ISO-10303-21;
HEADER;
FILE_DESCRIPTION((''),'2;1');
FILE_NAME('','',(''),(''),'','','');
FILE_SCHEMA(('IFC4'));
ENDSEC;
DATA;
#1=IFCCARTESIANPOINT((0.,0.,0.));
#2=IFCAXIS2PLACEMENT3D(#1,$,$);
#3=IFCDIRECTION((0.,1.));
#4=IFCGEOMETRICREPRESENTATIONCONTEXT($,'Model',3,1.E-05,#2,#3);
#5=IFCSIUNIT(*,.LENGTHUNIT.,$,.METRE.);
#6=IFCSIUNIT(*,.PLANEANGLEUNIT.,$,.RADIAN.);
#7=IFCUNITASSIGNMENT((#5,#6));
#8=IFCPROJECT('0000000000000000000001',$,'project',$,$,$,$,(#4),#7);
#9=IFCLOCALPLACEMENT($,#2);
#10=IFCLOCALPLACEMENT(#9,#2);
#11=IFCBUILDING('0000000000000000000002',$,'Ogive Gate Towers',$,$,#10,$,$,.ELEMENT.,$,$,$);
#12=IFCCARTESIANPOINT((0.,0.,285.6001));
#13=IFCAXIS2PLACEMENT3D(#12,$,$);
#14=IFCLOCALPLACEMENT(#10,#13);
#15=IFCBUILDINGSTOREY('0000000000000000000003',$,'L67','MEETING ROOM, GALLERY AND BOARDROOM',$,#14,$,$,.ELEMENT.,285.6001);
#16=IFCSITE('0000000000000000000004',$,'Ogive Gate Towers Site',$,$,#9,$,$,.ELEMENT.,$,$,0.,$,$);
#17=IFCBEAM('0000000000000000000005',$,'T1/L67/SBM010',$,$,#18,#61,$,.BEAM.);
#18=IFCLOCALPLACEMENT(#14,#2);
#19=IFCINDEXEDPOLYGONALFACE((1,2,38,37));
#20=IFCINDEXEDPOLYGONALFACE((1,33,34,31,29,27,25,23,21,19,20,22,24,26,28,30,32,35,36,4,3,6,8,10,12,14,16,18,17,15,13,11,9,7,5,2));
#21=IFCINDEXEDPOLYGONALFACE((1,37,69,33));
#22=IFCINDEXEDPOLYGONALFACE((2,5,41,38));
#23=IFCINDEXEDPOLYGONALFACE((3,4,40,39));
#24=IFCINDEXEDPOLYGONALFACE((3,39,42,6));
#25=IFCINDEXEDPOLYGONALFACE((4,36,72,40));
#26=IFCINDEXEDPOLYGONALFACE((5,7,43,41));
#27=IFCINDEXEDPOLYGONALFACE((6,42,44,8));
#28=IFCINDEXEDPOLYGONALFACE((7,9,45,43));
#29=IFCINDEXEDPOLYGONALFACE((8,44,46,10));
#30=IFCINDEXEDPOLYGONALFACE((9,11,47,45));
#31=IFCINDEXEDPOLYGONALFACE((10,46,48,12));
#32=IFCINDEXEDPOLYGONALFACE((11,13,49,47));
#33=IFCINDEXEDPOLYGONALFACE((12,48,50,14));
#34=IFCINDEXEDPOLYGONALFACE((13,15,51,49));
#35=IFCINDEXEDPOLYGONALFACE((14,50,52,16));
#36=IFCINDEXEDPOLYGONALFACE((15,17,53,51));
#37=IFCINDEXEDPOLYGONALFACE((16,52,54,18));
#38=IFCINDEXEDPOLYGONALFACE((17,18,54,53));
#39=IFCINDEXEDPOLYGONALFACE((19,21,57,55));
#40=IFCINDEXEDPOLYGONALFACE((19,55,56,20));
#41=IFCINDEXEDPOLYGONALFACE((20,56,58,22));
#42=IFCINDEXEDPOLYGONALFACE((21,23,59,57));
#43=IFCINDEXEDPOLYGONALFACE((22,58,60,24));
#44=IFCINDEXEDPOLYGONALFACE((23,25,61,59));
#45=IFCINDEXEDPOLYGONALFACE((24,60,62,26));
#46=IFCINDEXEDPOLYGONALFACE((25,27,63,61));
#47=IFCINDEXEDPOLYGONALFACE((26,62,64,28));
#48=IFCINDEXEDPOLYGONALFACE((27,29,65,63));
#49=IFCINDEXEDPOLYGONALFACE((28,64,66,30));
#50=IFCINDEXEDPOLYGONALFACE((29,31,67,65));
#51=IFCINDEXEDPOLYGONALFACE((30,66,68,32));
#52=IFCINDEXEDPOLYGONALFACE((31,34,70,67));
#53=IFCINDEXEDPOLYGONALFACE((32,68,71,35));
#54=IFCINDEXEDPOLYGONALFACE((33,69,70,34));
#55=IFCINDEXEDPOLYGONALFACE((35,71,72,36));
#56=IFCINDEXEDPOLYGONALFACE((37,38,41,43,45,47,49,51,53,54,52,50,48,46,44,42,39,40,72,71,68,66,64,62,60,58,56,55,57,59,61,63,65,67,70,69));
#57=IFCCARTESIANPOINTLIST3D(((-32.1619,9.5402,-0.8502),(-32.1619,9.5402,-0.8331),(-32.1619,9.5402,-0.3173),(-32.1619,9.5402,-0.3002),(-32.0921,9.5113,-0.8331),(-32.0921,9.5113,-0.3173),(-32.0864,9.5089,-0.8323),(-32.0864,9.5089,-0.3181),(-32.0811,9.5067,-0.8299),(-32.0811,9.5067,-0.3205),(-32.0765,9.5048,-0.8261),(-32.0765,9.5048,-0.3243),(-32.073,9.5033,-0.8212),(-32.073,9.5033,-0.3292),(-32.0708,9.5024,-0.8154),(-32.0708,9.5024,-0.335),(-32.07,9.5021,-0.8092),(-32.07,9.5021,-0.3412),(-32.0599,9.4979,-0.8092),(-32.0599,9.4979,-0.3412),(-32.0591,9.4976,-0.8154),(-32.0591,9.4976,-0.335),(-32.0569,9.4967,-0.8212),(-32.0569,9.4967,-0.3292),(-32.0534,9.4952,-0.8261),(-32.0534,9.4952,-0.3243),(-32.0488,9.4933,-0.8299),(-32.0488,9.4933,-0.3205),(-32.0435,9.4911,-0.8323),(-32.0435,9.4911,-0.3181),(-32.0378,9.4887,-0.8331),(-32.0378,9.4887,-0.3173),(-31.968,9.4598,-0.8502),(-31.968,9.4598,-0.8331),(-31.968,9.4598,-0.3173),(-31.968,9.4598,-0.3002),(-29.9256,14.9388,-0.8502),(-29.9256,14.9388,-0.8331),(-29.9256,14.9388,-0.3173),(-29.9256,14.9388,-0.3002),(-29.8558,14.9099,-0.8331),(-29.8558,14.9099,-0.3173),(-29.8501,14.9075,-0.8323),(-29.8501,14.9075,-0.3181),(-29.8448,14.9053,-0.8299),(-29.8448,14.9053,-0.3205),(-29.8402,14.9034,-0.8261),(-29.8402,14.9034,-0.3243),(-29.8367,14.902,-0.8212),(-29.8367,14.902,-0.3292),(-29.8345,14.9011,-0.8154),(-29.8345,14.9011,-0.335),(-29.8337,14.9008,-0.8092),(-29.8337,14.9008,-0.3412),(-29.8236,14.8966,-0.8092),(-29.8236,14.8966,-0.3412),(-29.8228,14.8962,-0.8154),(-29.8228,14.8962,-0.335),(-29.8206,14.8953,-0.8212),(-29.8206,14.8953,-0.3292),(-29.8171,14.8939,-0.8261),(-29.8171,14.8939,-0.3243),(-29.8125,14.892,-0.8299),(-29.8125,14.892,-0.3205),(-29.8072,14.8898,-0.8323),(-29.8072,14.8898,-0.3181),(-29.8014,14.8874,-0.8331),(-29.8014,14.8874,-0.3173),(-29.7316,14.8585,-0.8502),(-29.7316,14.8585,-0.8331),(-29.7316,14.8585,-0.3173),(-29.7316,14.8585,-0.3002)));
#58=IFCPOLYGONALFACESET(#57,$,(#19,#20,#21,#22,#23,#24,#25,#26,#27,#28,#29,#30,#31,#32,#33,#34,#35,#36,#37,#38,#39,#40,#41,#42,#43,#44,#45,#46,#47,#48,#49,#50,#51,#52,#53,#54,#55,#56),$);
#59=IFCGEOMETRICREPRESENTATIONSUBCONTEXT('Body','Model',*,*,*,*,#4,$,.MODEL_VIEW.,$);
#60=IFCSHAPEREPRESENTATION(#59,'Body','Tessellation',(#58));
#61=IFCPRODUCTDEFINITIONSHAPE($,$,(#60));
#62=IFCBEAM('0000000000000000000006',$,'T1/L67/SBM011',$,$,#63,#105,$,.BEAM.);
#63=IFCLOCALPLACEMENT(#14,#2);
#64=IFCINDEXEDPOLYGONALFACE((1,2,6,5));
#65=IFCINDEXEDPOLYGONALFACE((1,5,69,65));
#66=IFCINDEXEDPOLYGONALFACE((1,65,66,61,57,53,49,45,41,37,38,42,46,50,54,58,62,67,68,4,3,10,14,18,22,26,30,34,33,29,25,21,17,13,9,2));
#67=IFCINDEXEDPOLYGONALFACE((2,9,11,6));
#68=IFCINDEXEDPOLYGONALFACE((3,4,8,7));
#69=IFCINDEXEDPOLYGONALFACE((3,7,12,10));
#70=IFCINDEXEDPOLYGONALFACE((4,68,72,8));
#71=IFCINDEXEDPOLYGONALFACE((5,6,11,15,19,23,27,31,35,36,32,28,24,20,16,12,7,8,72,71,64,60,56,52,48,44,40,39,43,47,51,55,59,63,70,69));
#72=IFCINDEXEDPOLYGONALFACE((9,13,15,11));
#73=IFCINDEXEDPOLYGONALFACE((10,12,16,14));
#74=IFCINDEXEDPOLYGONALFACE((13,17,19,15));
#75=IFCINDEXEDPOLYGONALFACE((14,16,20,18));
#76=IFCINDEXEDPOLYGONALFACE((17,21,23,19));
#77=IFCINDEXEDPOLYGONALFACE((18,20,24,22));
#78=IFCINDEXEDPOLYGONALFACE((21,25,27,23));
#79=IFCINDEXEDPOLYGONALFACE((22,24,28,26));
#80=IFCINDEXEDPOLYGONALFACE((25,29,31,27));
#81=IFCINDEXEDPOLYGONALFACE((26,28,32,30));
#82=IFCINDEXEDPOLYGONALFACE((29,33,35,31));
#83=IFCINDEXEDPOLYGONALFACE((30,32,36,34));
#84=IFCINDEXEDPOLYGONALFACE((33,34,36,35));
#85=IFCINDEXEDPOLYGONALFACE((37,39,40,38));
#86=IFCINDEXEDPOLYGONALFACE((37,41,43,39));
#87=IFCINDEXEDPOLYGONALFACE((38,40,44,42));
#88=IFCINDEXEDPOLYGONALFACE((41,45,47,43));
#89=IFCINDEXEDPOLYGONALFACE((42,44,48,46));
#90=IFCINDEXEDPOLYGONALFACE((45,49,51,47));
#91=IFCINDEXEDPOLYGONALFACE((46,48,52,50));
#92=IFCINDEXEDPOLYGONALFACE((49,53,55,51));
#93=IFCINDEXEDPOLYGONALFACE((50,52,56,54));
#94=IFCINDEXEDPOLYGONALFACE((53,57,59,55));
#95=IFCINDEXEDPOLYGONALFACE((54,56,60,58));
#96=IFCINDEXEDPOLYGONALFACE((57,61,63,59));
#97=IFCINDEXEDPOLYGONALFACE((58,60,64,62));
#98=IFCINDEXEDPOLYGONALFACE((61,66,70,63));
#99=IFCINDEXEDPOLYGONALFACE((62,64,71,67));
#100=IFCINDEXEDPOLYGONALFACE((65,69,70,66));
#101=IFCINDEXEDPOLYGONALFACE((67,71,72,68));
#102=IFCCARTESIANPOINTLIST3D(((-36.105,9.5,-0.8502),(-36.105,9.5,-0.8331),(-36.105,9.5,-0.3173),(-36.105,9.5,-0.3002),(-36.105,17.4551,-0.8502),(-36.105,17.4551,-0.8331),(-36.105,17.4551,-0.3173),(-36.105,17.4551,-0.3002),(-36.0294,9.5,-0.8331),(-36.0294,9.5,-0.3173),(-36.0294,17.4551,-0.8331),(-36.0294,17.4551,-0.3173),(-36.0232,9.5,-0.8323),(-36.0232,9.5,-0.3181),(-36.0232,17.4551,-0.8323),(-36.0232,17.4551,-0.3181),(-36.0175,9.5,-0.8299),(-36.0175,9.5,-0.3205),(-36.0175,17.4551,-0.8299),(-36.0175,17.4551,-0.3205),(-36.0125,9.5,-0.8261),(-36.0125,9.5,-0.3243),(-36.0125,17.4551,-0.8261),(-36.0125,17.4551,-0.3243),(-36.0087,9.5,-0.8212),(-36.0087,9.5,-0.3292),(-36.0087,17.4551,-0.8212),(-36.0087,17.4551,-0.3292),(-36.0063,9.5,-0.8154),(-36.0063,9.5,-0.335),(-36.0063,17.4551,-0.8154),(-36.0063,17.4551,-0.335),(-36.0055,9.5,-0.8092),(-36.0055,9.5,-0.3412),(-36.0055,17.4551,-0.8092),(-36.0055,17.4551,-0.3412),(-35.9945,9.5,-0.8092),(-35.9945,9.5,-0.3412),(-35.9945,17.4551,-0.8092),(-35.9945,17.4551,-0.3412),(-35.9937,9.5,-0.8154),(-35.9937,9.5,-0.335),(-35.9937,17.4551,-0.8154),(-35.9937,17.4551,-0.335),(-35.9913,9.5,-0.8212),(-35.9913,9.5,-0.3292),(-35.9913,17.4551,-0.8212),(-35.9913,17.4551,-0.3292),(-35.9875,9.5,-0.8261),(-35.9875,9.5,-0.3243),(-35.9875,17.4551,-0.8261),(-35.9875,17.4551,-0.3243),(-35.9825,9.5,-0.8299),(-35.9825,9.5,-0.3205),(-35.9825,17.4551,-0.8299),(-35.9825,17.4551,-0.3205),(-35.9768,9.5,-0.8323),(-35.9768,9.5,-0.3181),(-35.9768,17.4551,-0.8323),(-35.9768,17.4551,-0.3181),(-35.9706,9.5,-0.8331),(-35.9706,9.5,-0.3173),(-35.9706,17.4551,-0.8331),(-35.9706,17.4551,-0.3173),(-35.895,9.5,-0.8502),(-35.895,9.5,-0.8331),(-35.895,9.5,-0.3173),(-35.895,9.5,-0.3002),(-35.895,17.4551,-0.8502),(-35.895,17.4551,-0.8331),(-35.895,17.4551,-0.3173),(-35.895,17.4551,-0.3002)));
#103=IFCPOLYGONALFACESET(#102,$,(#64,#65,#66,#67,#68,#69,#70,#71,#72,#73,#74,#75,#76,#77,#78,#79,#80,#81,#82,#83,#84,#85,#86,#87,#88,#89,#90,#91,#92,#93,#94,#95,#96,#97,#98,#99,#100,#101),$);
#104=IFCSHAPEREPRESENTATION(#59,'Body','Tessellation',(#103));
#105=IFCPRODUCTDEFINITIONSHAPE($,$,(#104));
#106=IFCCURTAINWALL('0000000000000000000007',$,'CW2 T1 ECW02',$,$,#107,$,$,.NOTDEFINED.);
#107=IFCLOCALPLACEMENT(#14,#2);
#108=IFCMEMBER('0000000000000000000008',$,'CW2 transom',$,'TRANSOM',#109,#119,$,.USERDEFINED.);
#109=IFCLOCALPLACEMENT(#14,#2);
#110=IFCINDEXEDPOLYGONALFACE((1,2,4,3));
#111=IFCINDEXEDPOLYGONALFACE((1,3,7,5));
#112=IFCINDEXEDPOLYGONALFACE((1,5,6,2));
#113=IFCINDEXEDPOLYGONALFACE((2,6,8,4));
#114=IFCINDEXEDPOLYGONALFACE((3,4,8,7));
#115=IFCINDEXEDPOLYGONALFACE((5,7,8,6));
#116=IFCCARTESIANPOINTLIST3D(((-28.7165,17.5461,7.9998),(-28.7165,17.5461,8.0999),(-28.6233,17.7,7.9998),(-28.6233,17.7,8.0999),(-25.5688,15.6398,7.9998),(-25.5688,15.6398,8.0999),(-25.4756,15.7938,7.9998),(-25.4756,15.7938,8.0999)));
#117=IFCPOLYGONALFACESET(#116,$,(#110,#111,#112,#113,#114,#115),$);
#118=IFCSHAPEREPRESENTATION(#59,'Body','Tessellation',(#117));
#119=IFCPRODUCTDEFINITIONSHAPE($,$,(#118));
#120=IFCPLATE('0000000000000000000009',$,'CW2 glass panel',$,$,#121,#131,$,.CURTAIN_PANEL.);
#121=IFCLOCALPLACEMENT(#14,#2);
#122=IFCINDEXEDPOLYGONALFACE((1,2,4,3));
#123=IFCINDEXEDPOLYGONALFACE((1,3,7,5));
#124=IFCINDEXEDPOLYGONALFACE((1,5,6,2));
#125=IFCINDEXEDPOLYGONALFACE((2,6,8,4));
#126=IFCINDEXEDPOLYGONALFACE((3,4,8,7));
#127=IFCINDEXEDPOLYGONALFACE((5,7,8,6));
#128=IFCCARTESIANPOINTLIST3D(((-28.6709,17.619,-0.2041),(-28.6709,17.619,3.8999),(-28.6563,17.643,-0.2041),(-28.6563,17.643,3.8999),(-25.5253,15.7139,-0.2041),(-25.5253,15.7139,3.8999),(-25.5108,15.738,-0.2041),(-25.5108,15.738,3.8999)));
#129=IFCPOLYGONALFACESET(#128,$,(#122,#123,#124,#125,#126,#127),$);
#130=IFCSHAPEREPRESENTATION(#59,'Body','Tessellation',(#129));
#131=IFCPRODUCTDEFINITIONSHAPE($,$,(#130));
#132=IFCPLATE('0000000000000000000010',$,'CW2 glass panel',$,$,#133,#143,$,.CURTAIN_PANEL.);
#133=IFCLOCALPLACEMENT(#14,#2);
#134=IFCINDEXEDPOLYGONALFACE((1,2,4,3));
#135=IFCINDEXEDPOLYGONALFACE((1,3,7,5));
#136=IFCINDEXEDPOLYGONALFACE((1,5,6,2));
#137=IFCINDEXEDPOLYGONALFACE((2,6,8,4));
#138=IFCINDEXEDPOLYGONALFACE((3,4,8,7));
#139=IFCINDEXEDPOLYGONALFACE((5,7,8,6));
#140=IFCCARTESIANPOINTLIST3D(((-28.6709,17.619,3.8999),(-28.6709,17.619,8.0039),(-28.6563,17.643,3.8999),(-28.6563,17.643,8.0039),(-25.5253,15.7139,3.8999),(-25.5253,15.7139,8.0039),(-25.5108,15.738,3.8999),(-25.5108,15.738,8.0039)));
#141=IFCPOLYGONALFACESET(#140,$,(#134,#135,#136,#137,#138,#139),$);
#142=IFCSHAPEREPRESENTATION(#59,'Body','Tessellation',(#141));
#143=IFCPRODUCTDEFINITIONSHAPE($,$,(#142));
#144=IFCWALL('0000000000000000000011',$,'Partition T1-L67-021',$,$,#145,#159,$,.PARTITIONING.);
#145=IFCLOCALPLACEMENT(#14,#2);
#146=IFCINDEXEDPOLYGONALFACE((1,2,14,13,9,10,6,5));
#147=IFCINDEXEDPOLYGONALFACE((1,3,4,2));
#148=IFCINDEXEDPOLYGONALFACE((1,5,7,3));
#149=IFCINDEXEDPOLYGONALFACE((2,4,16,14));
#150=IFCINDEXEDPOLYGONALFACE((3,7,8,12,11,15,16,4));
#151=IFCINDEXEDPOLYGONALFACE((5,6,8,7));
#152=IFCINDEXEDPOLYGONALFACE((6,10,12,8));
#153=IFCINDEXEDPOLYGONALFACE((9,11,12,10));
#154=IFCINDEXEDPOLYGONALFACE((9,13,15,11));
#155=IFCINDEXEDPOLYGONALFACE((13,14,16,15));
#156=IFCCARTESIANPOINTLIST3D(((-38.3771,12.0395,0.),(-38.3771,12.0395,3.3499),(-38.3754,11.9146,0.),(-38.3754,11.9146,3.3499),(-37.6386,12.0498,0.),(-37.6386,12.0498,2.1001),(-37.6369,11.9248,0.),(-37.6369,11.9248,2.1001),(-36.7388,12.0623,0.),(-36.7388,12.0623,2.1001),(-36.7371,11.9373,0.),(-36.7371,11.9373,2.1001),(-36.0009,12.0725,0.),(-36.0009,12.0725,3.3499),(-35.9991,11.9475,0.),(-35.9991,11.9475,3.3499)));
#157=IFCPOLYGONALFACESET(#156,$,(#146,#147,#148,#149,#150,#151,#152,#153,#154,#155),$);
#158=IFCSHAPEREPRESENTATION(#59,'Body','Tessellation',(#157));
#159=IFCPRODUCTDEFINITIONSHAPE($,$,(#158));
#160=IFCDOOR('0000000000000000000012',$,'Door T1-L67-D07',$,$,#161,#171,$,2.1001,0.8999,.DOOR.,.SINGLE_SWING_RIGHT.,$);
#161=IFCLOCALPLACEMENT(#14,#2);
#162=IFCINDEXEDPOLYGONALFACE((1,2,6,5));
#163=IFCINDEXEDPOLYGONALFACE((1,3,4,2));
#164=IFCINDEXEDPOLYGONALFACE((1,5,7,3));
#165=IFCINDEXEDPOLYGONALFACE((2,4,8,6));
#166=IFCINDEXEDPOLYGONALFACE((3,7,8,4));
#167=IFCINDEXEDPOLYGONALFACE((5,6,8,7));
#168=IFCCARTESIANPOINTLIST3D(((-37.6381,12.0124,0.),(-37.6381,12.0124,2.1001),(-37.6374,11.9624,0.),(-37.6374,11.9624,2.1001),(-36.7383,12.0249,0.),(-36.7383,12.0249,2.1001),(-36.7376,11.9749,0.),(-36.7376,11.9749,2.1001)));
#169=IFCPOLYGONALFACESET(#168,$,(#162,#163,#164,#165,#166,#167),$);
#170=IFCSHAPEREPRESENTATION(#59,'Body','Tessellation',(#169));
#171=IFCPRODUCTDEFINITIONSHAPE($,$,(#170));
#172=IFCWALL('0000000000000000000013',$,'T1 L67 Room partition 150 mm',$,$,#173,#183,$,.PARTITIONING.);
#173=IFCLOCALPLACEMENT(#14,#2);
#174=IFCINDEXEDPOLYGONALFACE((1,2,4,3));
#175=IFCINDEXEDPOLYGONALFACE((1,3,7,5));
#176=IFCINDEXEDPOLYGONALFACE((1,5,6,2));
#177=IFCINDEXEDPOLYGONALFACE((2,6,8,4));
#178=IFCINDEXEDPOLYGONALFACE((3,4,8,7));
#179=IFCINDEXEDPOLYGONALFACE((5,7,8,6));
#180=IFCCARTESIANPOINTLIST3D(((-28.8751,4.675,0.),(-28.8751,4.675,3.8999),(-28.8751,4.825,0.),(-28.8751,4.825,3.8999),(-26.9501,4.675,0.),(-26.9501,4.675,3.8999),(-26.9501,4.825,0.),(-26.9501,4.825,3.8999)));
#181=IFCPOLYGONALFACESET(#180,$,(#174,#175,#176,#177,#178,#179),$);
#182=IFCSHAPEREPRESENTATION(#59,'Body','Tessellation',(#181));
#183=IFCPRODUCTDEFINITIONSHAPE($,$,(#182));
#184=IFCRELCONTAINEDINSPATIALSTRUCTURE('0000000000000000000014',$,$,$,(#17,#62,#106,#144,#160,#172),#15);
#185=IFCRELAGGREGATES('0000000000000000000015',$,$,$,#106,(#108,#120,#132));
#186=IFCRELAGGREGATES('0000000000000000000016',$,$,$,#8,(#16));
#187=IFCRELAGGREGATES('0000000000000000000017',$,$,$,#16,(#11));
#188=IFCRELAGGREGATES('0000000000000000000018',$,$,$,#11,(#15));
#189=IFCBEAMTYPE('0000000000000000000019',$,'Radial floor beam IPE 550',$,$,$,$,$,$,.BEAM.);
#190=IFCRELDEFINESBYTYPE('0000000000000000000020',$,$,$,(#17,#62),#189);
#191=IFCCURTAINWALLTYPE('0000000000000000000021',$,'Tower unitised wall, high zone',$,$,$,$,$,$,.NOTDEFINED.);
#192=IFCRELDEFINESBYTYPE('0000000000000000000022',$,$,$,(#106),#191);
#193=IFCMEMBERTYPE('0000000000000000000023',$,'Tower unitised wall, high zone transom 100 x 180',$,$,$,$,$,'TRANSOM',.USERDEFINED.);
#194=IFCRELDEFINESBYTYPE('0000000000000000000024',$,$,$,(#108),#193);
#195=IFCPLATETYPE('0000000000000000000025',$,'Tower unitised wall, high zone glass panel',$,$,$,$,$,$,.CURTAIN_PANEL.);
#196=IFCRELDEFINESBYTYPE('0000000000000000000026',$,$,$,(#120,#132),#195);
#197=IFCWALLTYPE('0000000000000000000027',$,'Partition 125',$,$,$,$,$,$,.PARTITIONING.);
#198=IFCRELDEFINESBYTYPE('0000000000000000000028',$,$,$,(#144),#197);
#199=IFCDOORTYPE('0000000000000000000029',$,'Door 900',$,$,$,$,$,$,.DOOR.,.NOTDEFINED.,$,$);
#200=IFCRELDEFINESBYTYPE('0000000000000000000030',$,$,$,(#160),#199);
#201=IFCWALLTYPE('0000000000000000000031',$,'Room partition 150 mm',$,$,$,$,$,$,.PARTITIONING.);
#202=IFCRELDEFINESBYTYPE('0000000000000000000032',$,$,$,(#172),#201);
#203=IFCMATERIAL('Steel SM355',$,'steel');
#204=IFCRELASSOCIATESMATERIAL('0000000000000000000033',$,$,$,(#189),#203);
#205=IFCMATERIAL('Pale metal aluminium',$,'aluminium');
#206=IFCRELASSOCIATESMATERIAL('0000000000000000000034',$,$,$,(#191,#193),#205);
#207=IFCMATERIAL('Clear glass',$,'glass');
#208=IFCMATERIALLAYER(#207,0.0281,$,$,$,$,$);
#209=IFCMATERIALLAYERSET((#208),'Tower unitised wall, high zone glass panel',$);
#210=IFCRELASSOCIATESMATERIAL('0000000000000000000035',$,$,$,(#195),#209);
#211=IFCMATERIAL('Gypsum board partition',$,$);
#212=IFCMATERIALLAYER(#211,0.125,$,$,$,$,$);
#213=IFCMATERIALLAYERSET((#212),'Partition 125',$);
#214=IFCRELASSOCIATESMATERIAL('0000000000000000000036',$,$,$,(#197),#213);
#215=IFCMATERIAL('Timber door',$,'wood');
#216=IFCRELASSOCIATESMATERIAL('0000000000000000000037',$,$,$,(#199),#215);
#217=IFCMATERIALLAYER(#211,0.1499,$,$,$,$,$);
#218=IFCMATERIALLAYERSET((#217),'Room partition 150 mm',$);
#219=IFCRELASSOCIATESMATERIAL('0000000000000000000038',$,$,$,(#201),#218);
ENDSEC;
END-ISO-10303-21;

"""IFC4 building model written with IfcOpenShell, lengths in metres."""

from ifc_helpers import new_model, si_unit, direction, frame, frame_2d, origin, origin_2d, place, context, subcontext, project, spatial, rectangle, i_section, extrude, material, layer, layer_set, material_profile, profile_set, type_object, element, fill, aggregate, save


model = new_model("IFC4")

# Units and contexts
model_context = context("Model", 3, precision=1e-05, world=origin(), true_north=direction((0.0, 1.0)))
body_context = subcontext(model_context, "Body", "Model", "MODEL_VIEW")
ifc_project = project(units=[si_unit("LENGTHUNIT", "METRE"), si_unit("PLANEANGLEUNIT", "RADIAN")], contexts=[model_context])

# Site, building, storey
site_placement = place(None, origin())
site = spatial("IfcSite", under=ifc_project, at=site_placement, Name="Ogive Gate Towers Site", CompositionType="ELEMENT", RefElevation=0.0)
building_placement = place(site_placement, origin())
building = spatial("IfcBuilding", under=site, at=building_placement, Name="Ogive Gate Towers", CompositionType="ELEMENT")
storey_placement = place(building_placement, frame((0.0, 0.0, 285.6001)))
storey = spatial("IfcBuildingStorey", under=building, at=storey_placement, Name="L67", Description="MEETING ROOM, GALLERY AND BOARDROOM", CompositionType="ELEMENT", Elevation=285.6001)

# Beams
ifc_material_1 = material(Name="Steel SM355", Category="steel")
ifc_material_profile_1 = material_profile(ifc_material_1, i_section(OverallWidth=0.21, OverallDepth=0.55, WebThickness=0.011, FlangeThickness=0.0171, FilletRadius=0.0239, at=origin_2d()), Name="IPE 550")
ifc_profile_set_1 = profile_set([ifc_material_profile_1], Name="Steel SM355")
beam_type_1 = type_object("IfcBeamType", Name="Radial floor beam IPE 550", PredefinedType="BEAM", material=ifc_profile_set_1)
beam_1_placement = place(storey_placement, frame((-32.0649, 9.5, -0.5752), z_axis=(0.382701, 0.923872, 0.0), x_axis=(-0.923872, 0.382701, 0.0)))
element("IfcBeam", 1, at=beam_1_placement, inside=storey, type_object=beam_type_1, Name="T1/L67/SBM010", PredefinedType="BEAM", context=body_context, shape_type="SweptSolid", body=[
    extrude(i_section(OverallWidth=0.21, OverallDepth=0.55, WebThickness=0.011, FlangeThickness=0.0171, FilletRadius=0.0239, at=origin_2d()), origin(), (0.0, 0.0, 1.0), 5.8435),
])
beam_2_placement = place(storey_placement, frame((-36.0, 9.5, -0.5752), z_axis=(0.0, 1.0, 0.0), x_axis=(-1.0, 0.0, 0.0)))
element("IfcBeam", 2, at=beam_2_placement, inside=storey, type_object=beam_type_1, Name="T1/L67/SBM011", PredefinedType="BEAM", context=body_context, shape_type="SweptSolid", body=[
    extrude(i_section(OverallWidth=0.21, OverallDepth=0.55, WebThickness=0.011, FlangeThickness=0.0171, FilletRadius=0.0239, at=origin_2d()), origin(), (0.0, 0.0, 1.0), 7.9551),
])

# Curtain wall, member, plates
ifc_material_2 = material(Name="Pale metal aluminium", Category="aluminium")
curtain_wall_type = type_object("IfcCurtainWallType", Name="Tower unitised wall, high zone", PredefinedType="NOTDEFINED", material=ifc_material_2)
curtain_wall_placement = place(storey_placement, origin())
curtain_wall = element("IfcCurtainWall", 3, at=curtain_wall_placement, inside=storey, type_object=curtain_wall_type, Name="CW2 T1 ECW02", PredefinedType="NOTDEFINED")
ifc_material_profile_2 = material_profile(ifc_material_2, rectangle(XDim=0.1799, YDim=0.1001, at=origin_2d()), Name="100 x 180 aluminium box")
ifc_profile_set_2 = profile_set([ifc_material_profile_2], Name="Pale metal aluminium")
member_type = type_object("IfcMemberType", Name="Tower unitised wall, high zone transom 100 x 180", ElementType="TRANSOM", PredefinedType="USERDEFINED", material=ifc_profile_set_2)
member_placement = place(storey_placement, frame((-25.5222, 15.7168, 8.0498), z_axis=(-0.855372, 0.518013, 0.0), x_axis=(-0.518013, -0.855372, 0.0)))
member = element("IfcMember", 4, at=member_placement, type_object=member_type, Name="CW2 transom", ObjectType="TRANSOM", PredefinedType="USERDEFINED", context=body_context, shape_type="SweptSolid", body=[
    extrude(rectangle(XDim=0.1799, YDim=0.1001, at=origin_2d()), origin(), (0.0, 0.0, 1.0), 3.6799),
])
ifc_material_3 = material(Name="Clear glass", Category="glass")
ifc_layer_1 = layer(ifc_material_3, 0.0281)
ifc_layer_set_1 = layer_set([ifc_layer_1], Name="Tower unitised wall, high zone glass panel")
plate_type = type_object("IfcPlateType", Name="Tower unitised wall, high zone glass panel", PredefinedType="CURTAIN_PANEL", material=ifc_layer_set_1)
plate_1_placement = place(storey_placement, frame((-27.0908, 16.6785, -0.2041), z_axis=(0.0, 0.0, 1.0), x_axis=(-0.855364, 0.518027, 0.0)))
plate_1 = element("IfcPlate", 5, at=plate_1_placement, type_object=plate_type, Name="CW2 glass panel", PredefinedType="CURTAIN_PANEL", context=body_context, shape_type="SweptSolid", body=[
    extrude(rectangle(XDim=3.6775, YDim=0.0281, at=origin_2d()), origin(), (0.0, 0.0, 1.0), 4.104),
])
plate_2_placement = place(storey_placement, frame((-27.0908, 16.6785, 3.8999), z_axis=(0.0, 0.0, 1.0), x_axis=(-0.855364, 0.518027, 0.0)))
plate_2 = element("IfcPlate", 6, at=plate_2_placement, type_object=plate_type, Name="CW2 glass panel", PredefinedType="CURTAIN_PANEL", context=body_context, shape_type="SweptSolid", body=[
    extrude(rectangle(XDim=3.6775, YDim=0.0281, at=origin_2d()), origin(), (0.0, 0.0, 1.0), 4.104),
])
aggregate(curtain_wall, [member, plate_1, plate_2])

# Wall, opening, door
ifc_material_4 = material(Name="Gypsum board partition")
ifc_layer_2 = layer(ifc_material_4, 0.125)
ifc_layer_set_2 = layer_set([ifc_layer_2], Name="Partition 125")
wall_type_1 = type_object("IfcWallType", Name="Partition 125", PredefinedType="PARTITIONING", material=ifc_layer_set_2)
wall_1_placement = place(storey_placement, frame((-36.0, 12.01, 0.0), z_axis=(0.0, 0.0, 1.0), x_axis=(-0.999904, -0.013869, 0.0)))
wall_1 = element("IfcWall", 7, at=wall_1_placement, inside=storey, type_object=wall_type_1, Name="Partition T1-L67-021", PredefinedType="PARTITIONING", context=body_context, shape_type="SweptSolid", body=[
    extrude(rectangle(XDim=2.3765, YDim=0.125, at=frame_2d((1.1882, 0.0))), origin(), (0.0, 0.0, 1.0), 3.3499),
])
opening_1_placement = place(wall_1_placement, frame((0.738, 0.0, 0.0)))
opening_1 = element("IfcOpeningElement", 8, at=opening_1_placement, cuts=wall_1, PredefinedType="OPENING", context=body_context, shape_type="SweptSolid", body=[
    extrude(rectangle(XDim=0.8999, YDim=2.1001, at=frame_2d((0.45, 1.05))), frame((0.0, 0.0725, 0.0), z_axis=(0.0, -1.0, 0.0), x_axis=(1.0, 0.0, 0.0)), (0.0, 0.0, 1.0), 0.145),
])
ifc_material_5 = material(Name="Timber door", Category="wood")
door_type_1 = type_object("IfcDoorType", Name="Door 900", OperationType="NOTDEFINED", PredefinedType="DOOR", material=ifc_material_5)
door_1_placement = place(opening_1_placement, origin())
door_1 = element("IfcDoor", 9, at=door_1_placement, inside=storey, type_object=door_type_1, Name="Door T1-L67-D07", OperationType="SINGLE_SWING_RIGHT", OverallHeight=2.1001, OverallWidth=0.8999, PredefinedType="DOOR", context=body_context, shape_type="SweptSolid", body=[
    extrude(rectangle(XDim=0.8999, YDim=2.1001, at=frame_2d((0.45, 1.05))), frame((0.0, 0.0249, 0.0), z_axis=(0.0, -1.0, 0.0), x_axis=(1.0, 0.0, 0.0)), (0.0, 0.0, 1.0), 0.05),
])
fill(opening_1, door_1)

# Wall
ifc_layer_3 = layer(ifc_material_4, 0.1499)
ifc_layer_set_3 = layer_set([ifc_layer_3], Name="Room partition 150 mm")
wall_type_2 = type_object("IfcWallType", Name="Room partition 150 mm", PredefinedType="PARTITIONING", material=ifc_layer_set_3)
wall_2_placement = place(storey_placement, frame((-28.875, 4.75, 0.0), z_axis=(0.0, 0.0, 1.0), x_axis=(1.0, 0.0, 0.0)))
element("IfcWall", 10, at=wall_2_placement, inside=storey, type_object=wall_type_2, Name="T1 L67 Room partition 150 mm", PredefinedType="PARTITIONING", context=body_context, shape_type="SweptSolid", body=[
    extrude(rectangle(XDim=1.925, YDim=0.1499, at=frame_2d((0.9624, 0.0))), origin(), (0.0, 0.0, 1.0), 3.8999),
])

save(model, "model.ifc")
